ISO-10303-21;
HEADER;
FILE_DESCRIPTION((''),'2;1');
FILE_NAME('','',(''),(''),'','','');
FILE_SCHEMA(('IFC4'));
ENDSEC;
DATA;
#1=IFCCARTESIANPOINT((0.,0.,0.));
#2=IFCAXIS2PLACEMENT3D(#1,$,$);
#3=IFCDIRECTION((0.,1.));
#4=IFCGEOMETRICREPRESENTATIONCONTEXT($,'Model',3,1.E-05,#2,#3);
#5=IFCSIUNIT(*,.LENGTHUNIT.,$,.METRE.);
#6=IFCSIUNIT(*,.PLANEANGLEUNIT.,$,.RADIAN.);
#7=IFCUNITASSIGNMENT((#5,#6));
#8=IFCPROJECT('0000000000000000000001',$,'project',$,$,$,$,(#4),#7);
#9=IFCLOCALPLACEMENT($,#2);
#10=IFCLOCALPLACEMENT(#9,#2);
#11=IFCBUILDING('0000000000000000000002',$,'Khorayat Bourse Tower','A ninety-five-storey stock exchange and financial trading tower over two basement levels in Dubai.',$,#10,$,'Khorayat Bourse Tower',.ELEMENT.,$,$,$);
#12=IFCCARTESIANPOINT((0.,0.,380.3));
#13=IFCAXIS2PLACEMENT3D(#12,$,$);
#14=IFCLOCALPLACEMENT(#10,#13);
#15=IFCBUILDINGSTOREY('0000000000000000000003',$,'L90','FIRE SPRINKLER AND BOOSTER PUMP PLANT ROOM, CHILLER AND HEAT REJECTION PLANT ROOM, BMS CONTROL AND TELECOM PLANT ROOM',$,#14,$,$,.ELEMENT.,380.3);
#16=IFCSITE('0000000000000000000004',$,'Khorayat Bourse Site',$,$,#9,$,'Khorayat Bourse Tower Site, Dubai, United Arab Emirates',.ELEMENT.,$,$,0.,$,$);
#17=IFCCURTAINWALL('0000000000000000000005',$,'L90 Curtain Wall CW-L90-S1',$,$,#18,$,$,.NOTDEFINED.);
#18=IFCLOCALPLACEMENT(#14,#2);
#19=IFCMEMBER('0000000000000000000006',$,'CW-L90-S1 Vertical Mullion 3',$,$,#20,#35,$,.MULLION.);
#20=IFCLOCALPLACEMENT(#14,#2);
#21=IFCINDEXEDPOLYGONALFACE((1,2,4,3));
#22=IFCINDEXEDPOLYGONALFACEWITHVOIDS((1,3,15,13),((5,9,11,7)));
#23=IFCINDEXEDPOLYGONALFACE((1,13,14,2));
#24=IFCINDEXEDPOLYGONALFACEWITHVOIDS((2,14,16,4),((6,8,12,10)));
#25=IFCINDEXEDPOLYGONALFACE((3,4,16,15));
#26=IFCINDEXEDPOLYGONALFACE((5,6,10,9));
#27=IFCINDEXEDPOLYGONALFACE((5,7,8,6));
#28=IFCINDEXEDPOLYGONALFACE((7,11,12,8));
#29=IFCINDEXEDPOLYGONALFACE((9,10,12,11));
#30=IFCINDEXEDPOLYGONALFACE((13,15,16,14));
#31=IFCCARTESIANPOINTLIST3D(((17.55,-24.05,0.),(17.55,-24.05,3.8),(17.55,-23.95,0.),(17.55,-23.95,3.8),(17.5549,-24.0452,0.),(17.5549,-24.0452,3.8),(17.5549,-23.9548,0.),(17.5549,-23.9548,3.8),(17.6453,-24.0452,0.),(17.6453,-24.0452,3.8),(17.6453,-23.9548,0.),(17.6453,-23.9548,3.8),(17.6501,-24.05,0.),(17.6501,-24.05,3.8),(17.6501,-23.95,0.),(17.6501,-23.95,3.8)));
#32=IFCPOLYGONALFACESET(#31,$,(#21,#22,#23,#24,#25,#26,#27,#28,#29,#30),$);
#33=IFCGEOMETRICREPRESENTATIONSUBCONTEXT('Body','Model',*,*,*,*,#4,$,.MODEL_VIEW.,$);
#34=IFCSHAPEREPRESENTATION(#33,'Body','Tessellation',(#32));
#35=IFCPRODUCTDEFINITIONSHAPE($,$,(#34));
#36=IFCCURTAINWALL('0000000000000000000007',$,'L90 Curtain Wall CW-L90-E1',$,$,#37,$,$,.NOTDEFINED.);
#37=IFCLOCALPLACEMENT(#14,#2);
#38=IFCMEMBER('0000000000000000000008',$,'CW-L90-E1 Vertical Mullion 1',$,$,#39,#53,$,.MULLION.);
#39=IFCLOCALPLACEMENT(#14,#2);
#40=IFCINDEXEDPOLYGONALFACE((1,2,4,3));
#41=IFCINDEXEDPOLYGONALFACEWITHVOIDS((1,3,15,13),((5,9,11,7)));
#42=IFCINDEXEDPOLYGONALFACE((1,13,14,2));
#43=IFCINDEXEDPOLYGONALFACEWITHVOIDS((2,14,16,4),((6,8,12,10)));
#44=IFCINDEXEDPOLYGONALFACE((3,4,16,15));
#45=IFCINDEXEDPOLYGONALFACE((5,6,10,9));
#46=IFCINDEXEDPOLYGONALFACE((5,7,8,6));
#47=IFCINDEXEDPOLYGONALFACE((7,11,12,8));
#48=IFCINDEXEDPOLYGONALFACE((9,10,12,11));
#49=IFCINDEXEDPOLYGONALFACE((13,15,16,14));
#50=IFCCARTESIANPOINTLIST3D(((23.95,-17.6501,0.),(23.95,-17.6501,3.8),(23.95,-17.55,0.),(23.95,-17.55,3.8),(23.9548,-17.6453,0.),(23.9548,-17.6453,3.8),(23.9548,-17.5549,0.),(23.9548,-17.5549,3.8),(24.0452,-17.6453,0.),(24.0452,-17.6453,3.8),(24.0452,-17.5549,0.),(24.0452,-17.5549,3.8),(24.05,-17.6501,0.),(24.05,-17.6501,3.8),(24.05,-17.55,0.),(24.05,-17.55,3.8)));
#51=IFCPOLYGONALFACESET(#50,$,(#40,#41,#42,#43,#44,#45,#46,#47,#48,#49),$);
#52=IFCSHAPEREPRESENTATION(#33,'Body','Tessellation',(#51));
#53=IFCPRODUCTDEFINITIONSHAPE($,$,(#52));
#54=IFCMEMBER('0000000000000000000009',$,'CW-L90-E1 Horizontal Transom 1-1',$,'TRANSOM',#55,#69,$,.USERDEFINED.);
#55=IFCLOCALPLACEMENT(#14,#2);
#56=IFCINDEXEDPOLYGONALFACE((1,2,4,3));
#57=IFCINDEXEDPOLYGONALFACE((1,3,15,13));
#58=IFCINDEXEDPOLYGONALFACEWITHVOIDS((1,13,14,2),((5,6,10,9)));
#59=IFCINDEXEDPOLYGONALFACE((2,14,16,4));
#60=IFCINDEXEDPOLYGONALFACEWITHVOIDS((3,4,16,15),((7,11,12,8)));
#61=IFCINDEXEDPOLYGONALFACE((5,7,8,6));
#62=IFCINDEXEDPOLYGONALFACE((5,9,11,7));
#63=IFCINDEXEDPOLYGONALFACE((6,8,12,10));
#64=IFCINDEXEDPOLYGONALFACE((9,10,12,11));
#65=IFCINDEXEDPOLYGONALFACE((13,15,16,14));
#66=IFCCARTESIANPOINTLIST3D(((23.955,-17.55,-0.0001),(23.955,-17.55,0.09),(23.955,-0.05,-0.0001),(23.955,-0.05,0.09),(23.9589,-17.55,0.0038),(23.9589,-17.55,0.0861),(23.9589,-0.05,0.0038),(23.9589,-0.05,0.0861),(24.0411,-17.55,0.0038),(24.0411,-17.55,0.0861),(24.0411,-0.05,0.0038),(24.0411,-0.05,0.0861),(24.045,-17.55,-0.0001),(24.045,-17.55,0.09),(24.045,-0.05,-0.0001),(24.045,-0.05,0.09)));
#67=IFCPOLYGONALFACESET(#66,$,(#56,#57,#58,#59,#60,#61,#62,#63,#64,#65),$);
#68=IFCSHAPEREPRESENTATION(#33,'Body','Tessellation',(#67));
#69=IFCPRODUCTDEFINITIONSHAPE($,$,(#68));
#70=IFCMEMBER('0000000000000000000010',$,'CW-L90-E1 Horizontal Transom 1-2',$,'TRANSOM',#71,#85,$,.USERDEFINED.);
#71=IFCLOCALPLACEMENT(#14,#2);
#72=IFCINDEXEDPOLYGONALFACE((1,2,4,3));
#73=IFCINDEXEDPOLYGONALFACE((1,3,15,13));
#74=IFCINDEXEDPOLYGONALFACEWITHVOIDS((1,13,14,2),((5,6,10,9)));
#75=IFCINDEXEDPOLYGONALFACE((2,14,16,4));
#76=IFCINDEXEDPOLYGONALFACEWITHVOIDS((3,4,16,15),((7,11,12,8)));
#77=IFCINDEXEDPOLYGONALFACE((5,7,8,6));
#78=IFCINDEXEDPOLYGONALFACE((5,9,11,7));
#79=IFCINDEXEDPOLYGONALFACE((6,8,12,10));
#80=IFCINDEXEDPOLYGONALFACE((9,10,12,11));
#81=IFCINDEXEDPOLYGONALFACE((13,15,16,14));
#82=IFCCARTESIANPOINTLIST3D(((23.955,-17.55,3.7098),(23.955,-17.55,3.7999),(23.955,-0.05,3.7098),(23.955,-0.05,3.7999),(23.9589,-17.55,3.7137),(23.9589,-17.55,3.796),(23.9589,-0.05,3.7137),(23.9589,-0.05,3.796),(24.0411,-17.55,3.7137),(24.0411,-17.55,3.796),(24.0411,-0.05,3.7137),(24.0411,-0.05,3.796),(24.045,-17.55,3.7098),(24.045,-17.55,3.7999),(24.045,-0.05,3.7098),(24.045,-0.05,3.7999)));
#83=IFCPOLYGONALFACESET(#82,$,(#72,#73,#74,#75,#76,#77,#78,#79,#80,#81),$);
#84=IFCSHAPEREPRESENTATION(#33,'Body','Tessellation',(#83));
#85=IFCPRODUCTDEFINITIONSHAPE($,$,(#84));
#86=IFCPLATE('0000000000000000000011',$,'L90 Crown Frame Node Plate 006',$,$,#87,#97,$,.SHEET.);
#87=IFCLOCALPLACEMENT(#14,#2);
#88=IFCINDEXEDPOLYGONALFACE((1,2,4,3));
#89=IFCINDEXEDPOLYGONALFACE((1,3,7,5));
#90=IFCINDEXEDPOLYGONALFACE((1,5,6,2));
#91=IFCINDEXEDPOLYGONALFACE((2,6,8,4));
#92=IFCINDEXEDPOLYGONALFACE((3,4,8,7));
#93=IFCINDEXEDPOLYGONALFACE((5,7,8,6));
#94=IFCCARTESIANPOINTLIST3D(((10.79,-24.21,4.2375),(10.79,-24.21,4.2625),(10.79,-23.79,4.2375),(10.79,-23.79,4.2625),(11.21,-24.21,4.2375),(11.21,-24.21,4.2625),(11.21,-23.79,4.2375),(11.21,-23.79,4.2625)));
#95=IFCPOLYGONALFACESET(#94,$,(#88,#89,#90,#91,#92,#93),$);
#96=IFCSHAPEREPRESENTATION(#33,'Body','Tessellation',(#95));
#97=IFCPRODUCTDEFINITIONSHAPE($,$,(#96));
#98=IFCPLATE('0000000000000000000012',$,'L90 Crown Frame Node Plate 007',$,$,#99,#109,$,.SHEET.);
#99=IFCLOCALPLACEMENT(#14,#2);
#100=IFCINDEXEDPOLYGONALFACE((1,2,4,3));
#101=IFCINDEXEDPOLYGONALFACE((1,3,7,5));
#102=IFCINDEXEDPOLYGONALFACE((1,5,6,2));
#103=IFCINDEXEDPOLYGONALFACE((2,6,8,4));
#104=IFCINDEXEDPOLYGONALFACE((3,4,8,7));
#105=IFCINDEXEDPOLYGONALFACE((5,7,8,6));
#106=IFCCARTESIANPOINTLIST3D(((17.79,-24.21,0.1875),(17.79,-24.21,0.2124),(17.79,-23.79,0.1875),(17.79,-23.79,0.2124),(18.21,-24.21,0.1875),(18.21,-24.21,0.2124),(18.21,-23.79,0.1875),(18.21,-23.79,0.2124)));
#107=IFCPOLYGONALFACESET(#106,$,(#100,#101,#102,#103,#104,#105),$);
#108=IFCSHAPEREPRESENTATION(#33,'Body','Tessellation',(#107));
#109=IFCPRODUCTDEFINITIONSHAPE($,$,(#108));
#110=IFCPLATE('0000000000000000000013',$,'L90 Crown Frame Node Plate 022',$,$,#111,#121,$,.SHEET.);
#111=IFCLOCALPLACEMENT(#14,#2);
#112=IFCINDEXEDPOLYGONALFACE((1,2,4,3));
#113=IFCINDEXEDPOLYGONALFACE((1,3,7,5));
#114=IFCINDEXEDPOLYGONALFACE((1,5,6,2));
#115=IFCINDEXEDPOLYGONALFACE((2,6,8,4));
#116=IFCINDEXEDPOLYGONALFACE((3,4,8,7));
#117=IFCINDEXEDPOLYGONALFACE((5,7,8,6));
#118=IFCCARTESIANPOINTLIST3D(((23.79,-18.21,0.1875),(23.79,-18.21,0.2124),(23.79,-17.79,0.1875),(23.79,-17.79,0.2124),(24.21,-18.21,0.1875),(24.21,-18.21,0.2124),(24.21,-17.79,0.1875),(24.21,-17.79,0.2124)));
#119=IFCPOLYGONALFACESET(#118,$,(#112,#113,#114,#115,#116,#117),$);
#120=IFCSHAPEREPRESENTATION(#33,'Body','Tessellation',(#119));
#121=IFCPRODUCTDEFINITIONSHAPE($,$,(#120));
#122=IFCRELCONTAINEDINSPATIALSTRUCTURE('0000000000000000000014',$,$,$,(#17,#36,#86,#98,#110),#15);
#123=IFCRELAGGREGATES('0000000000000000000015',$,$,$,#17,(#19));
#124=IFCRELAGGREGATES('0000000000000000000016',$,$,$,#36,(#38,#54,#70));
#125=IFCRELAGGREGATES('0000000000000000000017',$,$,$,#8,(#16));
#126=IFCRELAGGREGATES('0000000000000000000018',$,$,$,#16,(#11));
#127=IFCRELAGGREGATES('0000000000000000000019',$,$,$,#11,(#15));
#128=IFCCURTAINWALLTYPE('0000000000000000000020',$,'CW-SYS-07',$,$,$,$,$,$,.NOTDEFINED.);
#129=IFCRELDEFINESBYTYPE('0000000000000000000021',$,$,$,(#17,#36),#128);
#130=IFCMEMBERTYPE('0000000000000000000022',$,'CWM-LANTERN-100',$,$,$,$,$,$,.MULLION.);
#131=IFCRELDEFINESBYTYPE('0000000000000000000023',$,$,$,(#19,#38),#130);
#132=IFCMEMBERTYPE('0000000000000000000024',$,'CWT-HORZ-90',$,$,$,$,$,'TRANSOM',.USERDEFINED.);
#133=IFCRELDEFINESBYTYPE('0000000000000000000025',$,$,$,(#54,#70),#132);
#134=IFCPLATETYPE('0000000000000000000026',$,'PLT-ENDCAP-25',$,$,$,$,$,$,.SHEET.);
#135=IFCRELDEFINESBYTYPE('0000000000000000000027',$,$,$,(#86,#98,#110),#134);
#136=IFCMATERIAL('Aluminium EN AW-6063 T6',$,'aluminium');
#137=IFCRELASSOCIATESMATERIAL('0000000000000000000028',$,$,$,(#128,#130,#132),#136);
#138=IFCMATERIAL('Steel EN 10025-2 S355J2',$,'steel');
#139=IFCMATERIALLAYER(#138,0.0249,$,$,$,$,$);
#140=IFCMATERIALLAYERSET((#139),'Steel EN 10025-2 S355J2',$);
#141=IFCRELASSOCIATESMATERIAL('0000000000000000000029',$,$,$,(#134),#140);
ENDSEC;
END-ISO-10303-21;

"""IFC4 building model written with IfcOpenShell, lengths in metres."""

from ifc_helpers import new_model, si_unit, direction, frame, origin, origin_2d, place, context, subcontext, project, spatial, rectangle, hollow_rectangle, extrude, source, transform, mapped, material, layer, layer_set, material_profile, profile_set, type_object, element, aggregate, save


model = new_model("IFC4")

# Units and contexts
model_context = context("Model", 3, precision=1e-05, world=origin(), true_north=direction((0.0, 1.0)))
body_context = subcontext(model_context, "Body", "Model", "MODEL_VIEW")
ifc_project = project(units=[si_unit("LENGTHUNIT", "METRE"), si_unit("PLANEANGLEUNIT", "RADIAN")], contexts=[model_context])

# Site, building, storey
site_placement = place(None, origin())
site = spatial("IfcSite", under=ifc_project, at=site_placement, Name="Khorayat Bourse Site", LongName="Khorayat Bourse Tower Site, Dubai, United Arab Emirates", CompositionType="ELEMENT", RefElevation=0.0)
building_placement = place(site_placement, origin())
building = spatial("IfcBuilding", under=site, at=building_placement, Name="Khorayat Bourse Tower", Description="A ninety-five-storey stock exchange and financial trading tower over two basement levels in Dubai.", LongName="Khorayat Bourse Tower", CompositionType="ELEMENT")
storey_placement = place(building_placement, frame((0.0, 0.0, 380.3)))
storey = spatial("IfcBuildingStorey", under=building, at=storey_placement, Name="L90", Description="FIRE SPRINKLER AND BOOSTER PUMP PLANT ROOM, CHILLER AND HEAT REJECTION PLANT ROOM, BMS CONTROL AND TELECOM PLANT ROOM", CompositionType="ELEMENT", Elevation=380.3)

# Shared definitions
ifc_material_1 = material(Name="Steel EN 10025-2 S355J2", Category="steel")

# Curtain wall, member
ifc_material_2 = material(Name="Aluminium EN AW-6063 T6", Category="aluminium")
curtain_wall_type = type_object("IfcCurtainWallType", Name="CW-SYS-07", PredefinedType="NOTDEFINED", material=ifc_material_2)
curtain_wall_1_placement = place(storey_placement, origin())
curtain_wall_1 = element("IfcCurtainWall", 1, at=curtain_wall_1_placement, inside=storey, type_object=curtain_wall_type, Name="L90 Curtain Wall CW-L90-S1", PredefinedType="NOTDEFINED")
ifc_material_profile_1 = material_profile(ifc_material_2, hollow_rectangle(XDim=0.1001, YDim=0.1001, WallThickness=0.0049, at=origin_2d()), Name="ALU 100x100x5")
ifc_profile_set_1 = profile_set([ifc_material_profile_1], Name="Aluminium EN AW-6063 T6")
member_type_1 = type_object("IfcMemberType", Name="CWM-LANTERN-100", PredefinedType="MULLION", material=ifc_profile_set_1)
shared_shape_1 = source(origin(), body_context, "Body", "SweptSolid", [
    extrude(hollow_rectangle(XDim=0.1001, YDim=0.1001, WallThickness=0.0049, at=origin_2d()), origin(), (0.0, 0.0, 1.0), 3.8),
])
member_1_placement = place(storey_placement, frame((17.6001, -24.0, 0.0), z_axis=(0.0, 0.0, 1.0), x_axis=(0.0, 1.0, 0.0)))
member_1 = element("IfcMember", 2, at=member_1_placement, type_object=member_type_1, Name="CW-L90-S1 Vertical Mullion 3", PredefinedType="MULLION", context=body_context, shape_type="MappedRepresentation", body=[
    mapped(shared_shape_1, transform((0.0, 0.0, 0.0), scale=1.0)),
])
aggregate(curtain_wall_1, [member_1])

# Curtain wall, members
curtain_wall_2_placement = place(storey_placement, origin())
curtain_wall_2 = element("IfcCurtainWall", 3, at=curtain_wall_2_placement, inside=storey, type_object=curtain_wall_type, Name="L90 Curtain Wall CW-L90-E1", PredefinedType="NOTDEFINED")
member_2_placement = place(storey_placement, frame((24.0, -17.6001, 0.0), z_axis=(0.0, 0.0, 1.0), x_axis=(-1.0, 0.0, 0.0)))
member_2 = element("IfcMember", 4, at=member_2_placement, type_object=member_type_1, Name="CW-L90-E1 Vertical Mullion 1", PredefinedType="MULLION", context=body_context, shape_type="MappedRepresentation", body=[
    mapped(shared_shape_1, transform((0.0, 0.0, 0.0), scale=1.0)),
])
ifc_material_profile_2 = material_profile(ifc_material_2, hollow_rectangle(XDim=0.0901, YDim=0.0901, WallThickness=0.0039, at=origin_2d()), Name="ALU 90x90x4")
ifc_profile_set_2 = profile_set([ifc_material_profile_2], Name="Aluminium EN AW-6063 T6")
member_type_2 = type_object("IfcMemberType", Name="CWT-HORZ-90", ElementType="TRANSOM", PredefinedType="USERDEFINED", material=ifc_profile_set_2)
shared_shape_2 = source(origin(), body_context, "Body", "SweptSolid", [
    extrude(hollow_rectangle(XDim=0.0901, YDim=0.0901, WallThickness=0.0039, at=origin_2d()), origin(), (0.0, 0.0, 1.0), 17.5),
])
member_3_placement = place(storey_placement, frame((24.0, -17.55, 0.0449), z_axis=(0.0, 1.0, 0.0), x_axis=(-1.0, 0.0, 0.0)))
member_3 = element("IfcMember", 5, at=member_3_placement, type_object=member_type_2, Name="CW-L90-E1 Horizontal Transom 1-1", ObjectType="TRANSOM", PredefinedType="USERDEFINED", context=body_context, shape_type="MappedRepresentation", body=[
    mapped(shared_shape_2, transform((0.0, 0.0, 0.0), scale=1.0)),
])
member_4_placement = place(storey_placement, frame((24.0, -17.55, 3.7549), z_axis=(0.0, 1.0, 0.0), x_axis=(-1.0, 0.0, 0.0)))
member_4 = element("IfcMember", 6, at=member_4_placement, type_object=member_type_2, Name="CW-L90-E1 Horizontal Transom 1-2", ObjectType="TRANSOM", PredefinedType="USERDEFINED", context=body_context, shape_type="MappedRepresentation", body=[
    mapped(shared_shape_2, transform((0.0, 0.0, 0.0), scale=1.0)),
])
aggregate(curtain_wall_2, [member_2, member_3, member_4])

# Plates
ifc_layer_1 = layer(ifc_material_1, 0.0249)
ifc_layer_set_1 = layer_set([ifc_layer_1], Name="Steel EN 10025-2 S355J2")
plate_type = type_object("IfcPlateType", Name="PLT-ENDCAP-25", PredefinedType="SHEET", material=ifc_layer_set_1)
shared_shape_3 = source(origin(), body_context, "Body", "SweptSolid", [
    extrude(rectangle(XDim=0.4199, YDim=0.4199, at=origin_2d()), origin(), (0.0, 0.0, 1.0), 0.0249),
])
for number, where, z_axis, x_axis, name in (
    (7, (11.0, -24.0, 4.2375), (0.0, 0.0, 1.0), (1.0, 0.0, 0.0), "L90 Crown Frame Node Plate 006"),
    (8, (18.0, -24.0, 0.1875), (0.0, 0.0, 1.0), (1.0, 0.0, 0.0), "L90 Crown Frame Node Plate 007"),
    (9, (24.0, -18.0, 0.1875), (0.0, 0.0, 1.0), (1.0, 0.0, 0.0), "L90 Crown Frame Node Plate 022"),
):
    element("IfcPlate", number, at=place(storey_placement, frame(where, z_axis=z_axis, x_axis=x_axis)), inside=storey, type_object=plate_type, Name=name, PredefinedType="SHEET", context=body_context, shape_type="MappedRepresentation", body=[
        mapped(shared_shape_3, transform((0.0, 0.0, 0.0), scale=1.0)),
    ])

save(model, "model.ifc")
